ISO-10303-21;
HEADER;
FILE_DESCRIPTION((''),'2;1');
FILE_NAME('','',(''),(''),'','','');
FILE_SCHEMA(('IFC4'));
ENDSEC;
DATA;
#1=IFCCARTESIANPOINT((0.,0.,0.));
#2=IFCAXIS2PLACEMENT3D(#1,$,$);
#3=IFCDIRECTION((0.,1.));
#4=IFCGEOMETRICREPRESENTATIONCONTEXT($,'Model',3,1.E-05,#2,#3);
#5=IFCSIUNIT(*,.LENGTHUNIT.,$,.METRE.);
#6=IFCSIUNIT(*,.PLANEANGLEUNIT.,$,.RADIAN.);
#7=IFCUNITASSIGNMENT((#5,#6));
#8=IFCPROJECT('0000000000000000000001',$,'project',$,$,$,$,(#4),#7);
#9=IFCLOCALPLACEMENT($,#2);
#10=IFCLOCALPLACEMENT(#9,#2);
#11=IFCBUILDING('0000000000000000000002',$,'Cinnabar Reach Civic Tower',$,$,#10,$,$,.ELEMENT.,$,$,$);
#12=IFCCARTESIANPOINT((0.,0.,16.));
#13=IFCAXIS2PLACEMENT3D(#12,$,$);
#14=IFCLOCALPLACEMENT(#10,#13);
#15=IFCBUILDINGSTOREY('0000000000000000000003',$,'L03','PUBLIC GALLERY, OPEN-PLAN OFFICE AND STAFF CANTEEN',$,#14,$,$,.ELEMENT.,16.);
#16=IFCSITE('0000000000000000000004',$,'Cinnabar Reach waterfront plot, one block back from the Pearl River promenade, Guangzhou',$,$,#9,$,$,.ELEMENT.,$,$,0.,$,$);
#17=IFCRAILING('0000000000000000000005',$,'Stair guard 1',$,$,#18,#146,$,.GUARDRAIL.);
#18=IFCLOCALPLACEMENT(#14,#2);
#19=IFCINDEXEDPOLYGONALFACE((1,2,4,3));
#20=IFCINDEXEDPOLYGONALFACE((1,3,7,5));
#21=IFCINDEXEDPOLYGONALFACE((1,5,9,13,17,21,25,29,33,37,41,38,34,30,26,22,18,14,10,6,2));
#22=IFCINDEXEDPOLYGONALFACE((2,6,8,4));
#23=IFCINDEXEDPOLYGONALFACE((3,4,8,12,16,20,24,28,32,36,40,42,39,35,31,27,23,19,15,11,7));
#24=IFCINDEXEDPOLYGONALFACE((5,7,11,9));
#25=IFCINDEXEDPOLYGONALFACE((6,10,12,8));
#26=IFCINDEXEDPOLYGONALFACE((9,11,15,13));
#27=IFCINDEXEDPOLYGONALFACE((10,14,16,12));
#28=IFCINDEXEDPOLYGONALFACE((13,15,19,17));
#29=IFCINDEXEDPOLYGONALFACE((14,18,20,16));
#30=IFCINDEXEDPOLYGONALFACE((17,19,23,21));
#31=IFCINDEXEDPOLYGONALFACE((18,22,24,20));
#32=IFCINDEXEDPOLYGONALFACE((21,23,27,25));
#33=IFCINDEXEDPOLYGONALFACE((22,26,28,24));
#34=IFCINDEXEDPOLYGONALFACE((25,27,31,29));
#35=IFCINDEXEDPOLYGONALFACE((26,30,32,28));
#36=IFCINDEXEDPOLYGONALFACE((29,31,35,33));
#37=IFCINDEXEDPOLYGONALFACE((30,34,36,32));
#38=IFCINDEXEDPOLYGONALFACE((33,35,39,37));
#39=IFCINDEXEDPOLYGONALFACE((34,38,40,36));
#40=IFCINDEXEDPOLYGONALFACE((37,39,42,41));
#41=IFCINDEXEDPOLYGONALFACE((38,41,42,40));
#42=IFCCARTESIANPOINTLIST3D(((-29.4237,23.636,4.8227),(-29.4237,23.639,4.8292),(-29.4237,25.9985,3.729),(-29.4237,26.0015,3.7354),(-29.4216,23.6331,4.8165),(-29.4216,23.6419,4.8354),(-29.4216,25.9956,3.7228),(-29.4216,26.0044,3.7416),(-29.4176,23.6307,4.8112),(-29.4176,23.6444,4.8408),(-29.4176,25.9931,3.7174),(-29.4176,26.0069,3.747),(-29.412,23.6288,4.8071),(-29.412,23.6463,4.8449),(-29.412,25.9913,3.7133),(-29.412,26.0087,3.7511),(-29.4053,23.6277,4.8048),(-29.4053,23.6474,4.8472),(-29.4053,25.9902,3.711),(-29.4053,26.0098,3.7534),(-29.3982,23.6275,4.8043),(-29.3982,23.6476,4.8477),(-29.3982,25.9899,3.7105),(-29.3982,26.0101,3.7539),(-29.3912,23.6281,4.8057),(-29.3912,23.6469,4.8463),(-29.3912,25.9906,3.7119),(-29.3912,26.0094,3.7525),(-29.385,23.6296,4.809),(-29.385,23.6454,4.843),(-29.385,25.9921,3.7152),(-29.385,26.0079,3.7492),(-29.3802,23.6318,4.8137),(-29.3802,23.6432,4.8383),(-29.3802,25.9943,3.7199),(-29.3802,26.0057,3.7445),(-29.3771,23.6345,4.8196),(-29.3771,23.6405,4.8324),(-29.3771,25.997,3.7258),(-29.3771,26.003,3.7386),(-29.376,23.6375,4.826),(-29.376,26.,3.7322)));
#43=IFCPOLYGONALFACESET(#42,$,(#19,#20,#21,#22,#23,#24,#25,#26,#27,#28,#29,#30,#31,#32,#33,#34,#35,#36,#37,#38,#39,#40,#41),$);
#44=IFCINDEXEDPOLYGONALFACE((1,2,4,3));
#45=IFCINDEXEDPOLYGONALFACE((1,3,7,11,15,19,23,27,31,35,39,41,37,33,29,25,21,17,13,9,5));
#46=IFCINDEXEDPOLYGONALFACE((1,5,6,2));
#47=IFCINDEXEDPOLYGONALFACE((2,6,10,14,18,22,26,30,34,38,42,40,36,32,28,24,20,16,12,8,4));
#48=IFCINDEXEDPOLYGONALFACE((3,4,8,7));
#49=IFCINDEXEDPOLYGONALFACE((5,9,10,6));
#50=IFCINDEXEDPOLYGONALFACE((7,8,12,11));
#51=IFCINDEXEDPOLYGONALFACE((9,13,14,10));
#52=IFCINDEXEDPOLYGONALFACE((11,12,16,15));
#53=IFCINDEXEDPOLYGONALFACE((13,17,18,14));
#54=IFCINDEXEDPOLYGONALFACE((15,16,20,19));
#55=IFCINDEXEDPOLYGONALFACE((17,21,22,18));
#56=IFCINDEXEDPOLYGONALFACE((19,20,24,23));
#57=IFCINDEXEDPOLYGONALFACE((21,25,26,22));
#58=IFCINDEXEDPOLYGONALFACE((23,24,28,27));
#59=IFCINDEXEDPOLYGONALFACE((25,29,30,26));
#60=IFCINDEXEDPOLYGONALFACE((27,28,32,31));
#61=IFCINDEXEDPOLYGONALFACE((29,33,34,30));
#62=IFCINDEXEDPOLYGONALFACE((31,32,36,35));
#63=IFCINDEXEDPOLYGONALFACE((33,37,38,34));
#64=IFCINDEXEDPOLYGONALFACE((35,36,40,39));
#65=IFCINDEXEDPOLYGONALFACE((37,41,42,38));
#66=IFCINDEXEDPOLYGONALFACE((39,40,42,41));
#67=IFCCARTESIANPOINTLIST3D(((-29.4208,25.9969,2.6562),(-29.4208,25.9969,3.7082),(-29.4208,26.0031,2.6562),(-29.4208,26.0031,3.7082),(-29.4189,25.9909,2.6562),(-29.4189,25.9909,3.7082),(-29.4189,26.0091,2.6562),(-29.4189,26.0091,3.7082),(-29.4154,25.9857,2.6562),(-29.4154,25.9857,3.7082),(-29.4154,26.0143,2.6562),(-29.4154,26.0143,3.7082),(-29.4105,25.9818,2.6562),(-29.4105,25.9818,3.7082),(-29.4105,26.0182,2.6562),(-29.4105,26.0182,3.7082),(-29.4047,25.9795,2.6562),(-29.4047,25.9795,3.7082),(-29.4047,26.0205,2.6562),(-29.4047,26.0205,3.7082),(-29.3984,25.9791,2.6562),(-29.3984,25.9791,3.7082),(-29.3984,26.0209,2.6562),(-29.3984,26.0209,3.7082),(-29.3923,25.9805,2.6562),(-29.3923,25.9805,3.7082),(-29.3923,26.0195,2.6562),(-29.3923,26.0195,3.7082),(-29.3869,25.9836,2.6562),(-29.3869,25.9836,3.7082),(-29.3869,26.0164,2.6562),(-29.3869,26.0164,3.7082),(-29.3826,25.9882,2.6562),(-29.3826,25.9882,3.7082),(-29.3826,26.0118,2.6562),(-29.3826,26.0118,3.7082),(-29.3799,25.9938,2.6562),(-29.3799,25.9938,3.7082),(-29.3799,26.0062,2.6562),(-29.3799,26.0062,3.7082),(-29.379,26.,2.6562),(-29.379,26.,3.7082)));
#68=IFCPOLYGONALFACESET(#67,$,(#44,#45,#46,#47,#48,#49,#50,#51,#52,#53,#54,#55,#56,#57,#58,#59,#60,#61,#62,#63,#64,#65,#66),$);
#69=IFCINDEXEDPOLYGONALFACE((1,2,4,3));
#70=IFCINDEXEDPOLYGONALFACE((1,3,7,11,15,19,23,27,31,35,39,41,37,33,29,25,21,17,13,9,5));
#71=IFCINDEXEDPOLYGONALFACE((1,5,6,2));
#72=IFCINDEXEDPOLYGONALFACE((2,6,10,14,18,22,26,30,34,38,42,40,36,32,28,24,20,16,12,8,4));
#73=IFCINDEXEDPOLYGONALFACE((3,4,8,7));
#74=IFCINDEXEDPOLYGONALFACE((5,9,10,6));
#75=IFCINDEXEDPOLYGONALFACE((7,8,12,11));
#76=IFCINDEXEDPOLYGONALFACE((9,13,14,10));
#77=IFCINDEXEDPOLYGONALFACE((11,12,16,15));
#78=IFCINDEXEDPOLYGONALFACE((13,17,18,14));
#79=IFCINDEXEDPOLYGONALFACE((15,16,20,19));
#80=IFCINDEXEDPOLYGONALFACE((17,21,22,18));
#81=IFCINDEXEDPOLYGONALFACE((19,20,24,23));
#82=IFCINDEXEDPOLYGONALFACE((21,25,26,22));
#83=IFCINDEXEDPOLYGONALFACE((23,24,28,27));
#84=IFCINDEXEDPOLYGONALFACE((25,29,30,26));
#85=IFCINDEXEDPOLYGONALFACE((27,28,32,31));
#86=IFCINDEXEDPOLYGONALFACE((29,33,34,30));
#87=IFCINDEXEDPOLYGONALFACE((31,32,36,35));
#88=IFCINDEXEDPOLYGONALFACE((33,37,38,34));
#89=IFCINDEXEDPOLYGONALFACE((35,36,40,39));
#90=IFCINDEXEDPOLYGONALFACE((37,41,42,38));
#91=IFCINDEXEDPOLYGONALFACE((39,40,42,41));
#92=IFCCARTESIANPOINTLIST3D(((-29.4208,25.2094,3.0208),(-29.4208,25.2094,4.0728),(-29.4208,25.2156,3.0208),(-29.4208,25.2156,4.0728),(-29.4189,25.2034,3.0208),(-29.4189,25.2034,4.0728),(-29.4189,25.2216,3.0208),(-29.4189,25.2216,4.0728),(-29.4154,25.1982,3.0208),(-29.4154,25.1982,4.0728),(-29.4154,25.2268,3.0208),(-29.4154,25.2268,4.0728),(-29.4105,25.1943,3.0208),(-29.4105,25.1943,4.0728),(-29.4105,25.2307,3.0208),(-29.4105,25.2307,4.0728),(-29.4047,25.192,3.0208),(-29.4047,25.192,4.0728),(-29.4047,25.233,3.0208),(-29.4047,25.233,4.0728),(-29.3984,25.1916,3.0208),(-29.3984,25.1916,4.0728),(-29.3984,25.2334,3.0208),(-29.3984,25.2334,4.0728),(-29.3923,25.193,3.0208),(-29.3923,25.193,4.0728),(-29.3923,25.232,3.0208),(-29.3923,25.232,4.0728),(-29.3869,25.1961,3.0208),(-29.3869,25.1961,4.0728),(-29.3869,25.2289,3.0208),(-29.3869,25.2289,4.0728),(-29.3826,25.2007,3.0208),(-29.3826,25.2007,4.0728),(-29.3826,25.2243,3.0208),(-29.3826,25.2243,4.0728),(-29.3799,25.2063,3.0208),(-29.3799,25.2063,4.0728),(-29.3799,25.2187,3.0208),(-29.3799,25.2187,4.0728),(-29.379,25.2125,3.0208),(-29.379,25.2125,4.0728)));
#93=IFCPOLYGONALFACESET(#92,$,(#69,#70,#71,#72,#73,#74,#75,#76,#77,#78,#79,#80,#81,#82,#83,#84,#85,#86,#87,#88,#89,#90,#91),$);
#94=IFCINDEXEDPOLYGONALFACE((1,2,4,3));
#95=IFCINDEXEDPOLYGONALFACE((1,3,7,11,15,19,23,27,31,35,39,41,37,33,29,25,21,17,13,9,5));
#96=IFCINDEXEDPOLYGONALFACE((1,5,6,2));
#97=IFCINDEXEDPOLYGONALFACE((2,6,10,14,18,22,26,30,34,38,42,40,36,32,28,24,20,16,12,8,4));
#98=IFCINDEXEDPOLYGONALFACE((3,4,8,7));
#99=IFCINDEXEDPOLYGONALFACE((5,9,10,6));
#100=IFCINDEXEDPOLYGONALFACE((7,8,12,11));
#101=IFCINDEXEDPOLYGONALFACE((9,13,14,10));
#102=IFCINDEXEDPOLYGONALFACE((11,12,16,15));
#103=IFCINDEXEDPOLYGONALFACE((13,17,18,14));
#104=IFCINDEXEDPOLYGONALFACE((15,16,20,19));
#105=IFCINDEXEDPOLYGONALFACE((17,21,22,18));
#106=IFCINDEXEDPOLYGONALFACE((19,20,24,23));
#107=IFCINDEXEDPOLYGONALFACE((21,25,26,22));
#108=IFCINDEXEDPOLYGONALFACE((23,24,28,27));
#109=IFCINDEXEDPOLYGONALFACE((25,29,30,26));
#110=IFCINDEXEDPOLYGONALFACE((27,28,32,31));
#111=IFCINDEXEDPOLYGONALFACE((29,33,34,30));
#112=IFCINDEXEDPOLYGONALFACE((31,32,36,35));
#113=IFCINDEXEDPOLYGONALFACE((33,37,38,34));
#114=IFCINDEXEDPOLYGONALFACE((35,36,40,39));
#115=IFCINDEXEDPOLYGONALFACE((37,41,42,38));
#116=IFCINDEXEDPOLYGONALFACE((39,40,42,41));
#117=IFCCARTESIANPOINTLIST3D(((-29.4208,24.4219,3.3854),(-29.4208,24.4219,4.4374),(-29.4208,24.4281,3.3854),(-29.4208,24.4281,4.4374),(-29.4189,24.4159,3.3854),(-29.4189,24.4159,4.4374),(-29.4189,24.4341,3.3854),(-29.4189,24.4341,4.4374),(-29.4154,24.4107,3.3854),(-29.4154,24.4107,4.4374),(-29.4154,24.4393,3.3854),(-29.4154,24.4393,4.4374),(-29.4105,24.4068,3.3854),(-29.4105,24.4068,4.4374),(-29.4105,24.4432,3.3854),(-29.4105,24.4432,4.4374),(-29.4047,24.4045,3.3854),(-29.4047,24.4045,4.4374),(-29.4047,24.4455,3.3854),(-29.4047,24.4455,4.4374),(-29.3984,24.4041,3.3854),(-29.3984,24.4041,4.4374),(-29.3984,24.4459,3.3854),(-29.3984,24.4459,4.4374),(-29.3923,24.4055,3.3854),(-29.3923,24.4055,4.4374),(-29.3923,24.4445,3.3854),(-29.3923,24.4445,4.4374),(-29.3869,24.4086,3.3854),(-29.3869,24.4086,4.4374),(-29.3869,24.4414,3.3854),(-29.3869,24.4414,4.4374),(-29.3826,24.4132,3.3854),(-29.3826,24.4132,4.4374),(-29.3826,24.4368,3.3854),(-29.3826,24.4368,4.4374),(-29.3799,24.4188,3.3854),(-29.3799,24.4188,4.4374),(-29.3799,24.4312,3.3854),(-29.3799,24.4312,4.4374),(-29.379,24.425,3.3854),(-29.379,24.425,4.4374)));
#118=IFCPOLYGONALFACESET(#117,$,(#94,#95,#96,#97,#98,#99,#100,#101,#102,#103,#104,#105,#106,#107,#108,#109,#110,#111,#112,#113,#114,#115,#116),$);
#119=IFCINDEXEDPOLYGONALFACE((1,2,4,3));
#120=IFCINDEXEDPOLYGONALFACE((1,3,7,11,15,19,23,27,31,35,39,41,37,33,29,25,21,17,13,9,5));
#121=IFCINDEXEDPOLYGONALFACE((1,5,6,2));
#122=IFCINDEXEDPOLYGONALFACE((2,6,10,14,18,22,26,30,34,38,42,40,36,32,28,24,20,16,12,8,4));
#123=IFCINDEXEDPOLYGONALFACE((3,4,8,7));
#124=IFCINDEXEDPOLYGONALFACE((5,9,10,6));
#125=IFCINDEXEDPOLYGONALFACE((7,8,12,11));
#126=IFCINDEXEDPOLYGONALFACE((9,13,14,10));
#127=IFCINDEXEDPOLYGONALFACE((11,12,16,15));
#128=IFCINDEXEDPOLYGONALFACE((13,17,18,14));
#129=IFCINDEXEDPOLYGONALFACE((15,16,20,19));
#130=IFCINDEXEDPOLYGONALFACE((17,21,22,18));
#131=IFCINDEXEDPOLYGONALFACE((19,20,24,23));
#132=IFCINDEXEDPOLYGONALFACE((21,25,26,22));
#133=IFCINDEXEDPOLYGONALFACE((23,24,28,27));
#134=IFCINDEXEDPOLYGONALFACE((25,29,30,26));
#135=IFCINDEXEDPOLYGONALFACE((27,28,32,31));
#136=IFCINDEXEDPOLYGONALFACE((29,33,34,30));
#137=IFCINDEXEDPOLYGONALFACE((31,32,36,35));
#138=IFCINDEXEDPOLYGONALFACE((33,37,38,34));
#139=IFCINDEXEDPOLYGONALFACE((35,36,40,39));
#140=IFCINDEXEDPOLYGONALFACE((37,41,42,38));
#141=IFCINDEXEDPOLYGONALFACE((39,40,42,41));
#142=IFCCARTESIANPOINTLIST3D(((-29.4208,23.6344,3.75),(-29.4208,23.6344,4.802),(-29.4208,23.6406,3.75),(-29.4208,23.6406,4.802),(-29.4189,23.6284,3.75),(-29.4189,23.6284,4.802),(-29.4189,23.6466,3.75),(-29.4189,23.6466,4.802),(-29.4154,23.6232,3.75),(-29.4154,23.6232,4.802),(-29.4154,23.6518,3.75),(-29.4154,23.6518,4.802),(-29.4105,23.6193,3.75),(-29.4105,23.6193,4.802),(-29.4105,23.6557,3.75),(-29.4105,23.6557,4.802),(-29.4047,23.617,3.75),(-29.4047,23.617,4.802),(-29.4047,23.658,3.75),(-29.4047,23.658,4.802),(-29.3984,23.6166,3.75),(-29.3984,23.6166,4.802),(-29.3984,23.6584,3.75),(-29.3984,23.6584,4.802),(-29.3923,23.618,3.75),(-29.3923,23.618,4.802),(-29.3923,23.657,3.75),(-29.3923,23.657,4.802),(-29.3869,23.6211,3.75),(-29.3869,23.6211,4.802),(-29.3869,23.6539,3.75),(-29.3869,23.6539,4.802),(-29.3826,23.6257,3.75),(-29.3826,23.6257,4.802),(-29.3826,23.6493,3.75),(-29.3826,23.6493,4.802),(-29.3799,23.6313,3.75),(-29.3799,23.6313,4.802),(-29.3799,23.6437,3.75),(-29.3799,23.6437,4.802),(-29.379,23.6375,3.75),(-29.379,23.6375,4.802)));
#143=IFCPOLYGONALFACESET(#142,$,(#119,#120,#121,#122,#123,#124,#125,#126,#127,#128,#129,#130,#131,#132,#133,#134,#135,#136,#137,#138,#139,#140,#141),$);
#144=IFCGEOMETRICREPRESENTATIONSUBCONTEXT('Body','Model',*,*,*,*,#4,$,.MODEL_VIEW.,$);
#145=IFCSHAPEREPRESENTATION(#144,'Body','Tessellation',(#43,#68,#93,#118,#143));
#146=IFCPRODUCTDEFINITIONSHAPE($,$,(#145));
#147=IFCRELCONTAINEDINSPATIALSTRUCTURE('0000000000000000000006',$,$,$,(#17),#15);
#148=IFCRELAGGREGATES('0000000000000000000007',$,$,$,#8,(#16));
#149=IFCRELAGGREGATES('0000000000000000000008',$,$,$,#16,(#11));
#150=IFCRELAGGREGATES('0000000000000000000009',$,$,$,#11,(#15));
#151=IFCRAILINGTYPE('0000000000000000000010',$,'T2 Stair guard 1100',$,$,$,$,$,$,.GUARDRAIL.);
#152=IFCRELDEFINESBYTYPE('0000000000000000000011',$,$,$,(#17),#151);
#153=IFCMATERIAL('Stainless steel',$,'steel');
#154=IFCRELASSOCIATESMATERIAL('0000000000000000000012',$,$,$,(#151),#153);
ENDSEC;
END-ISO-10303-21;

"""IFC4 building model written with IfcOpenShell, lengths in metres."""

from ifc_helpers import new_model, si_unit, direction, frame, origin, origin_2d, place, context, subcontext, project, spatial, circle, extrude, material, type_object, element, save


model = new_model("IFC4")

# Units and contexts
model_context = context("Model", 3, precision=1e-05, world=origin(), true_north=direction((0.0, 1.0)))
body_context = subcontext(model_context, "Body", "Model", "MODEL_VIEW")
ifc_project = project(units=[si_unit("LENGTHUNIT", "METRE"), si_unit("PLANEANGLEUNIT", "RADIAN")], contexts=[model_context])

# Site, building, storey
site_placement = place(None, origin())
site = spatial("IfcSite", under=ifc_project, at=site_placement, Name="Cinnabar Reach waterfront plot, one block back from the Pearl River promenade, Guangzhou", CompositionType="ELEMENT", RefElevation=0.0)
building_placement = place(site_placement, origin())
building = spatial("IfcBuilding", under=site, at=building_placement, Name="Cinnabar Reach Civic Tower", CompositionType="ELEMENT")
storey_placement = place(building_placement, frame((0.0, 0.0, 16.0)))
storey = spatial("IfcBuildingStorey", under=building, at=storey_placement, Name="L03", Description="PUBLIC GALLERY, OPEN-PLAN OFFICE AND STAFF CANTEEN", CompositionType="ELEMENT", Elevation=16.0)

# Railing
ifc_material_1 = material(Name="Stainless steel", Category="steel")
railing_type = type_object("IfcRailingType", Name="T2 Stair guard 1100", PredefinedType="GUARDRAIL", material=ifc_material_1)
railing_1_placement = place(storey_placement, frame((-29.4, 26.0, 2.6562)))
element("IfcRailing", 1, at=railing_1_placement, inside=storey, type_object=railing_type, Name="Stair guard 1", PredefinedType="GUARDRAIL", context=body_context, shape_type="SweptSolid", body=[
    extrude(circle(Radius=0.024, at=origin_2d()), frame((0.0, 0.0, 1.076), z_axis=(0.0, -0.90746, 0.420139), x_axis=(1.0, 0.0, 0.0)), (0.0, 0.0, 1.0), 2.6034),
    extrude(circle(Radius=0.021, at=origin_2d()), origin(), (0.0, 0.0, 1.0), 1.052),
    extrude(circle(Radius=0.021, at=origin_2d()), frame((0.0, -0.7875, 0.3646)), (0.0, 0.0, 1.0), 1.052),
    extrude(circle(Radius=0.021, at=origin_2d()), frame((0.0, -1.575, 0.7292)), (0.0, 0.0, 1.0), 1.052),
    extrude(circle(Radius=0.021, at=origin_2d()), frame((0.0, -2.3625, 1.0938)), (0.0, 0.0, 1.0), 1.052),
])

save(model, "model.ifc")
